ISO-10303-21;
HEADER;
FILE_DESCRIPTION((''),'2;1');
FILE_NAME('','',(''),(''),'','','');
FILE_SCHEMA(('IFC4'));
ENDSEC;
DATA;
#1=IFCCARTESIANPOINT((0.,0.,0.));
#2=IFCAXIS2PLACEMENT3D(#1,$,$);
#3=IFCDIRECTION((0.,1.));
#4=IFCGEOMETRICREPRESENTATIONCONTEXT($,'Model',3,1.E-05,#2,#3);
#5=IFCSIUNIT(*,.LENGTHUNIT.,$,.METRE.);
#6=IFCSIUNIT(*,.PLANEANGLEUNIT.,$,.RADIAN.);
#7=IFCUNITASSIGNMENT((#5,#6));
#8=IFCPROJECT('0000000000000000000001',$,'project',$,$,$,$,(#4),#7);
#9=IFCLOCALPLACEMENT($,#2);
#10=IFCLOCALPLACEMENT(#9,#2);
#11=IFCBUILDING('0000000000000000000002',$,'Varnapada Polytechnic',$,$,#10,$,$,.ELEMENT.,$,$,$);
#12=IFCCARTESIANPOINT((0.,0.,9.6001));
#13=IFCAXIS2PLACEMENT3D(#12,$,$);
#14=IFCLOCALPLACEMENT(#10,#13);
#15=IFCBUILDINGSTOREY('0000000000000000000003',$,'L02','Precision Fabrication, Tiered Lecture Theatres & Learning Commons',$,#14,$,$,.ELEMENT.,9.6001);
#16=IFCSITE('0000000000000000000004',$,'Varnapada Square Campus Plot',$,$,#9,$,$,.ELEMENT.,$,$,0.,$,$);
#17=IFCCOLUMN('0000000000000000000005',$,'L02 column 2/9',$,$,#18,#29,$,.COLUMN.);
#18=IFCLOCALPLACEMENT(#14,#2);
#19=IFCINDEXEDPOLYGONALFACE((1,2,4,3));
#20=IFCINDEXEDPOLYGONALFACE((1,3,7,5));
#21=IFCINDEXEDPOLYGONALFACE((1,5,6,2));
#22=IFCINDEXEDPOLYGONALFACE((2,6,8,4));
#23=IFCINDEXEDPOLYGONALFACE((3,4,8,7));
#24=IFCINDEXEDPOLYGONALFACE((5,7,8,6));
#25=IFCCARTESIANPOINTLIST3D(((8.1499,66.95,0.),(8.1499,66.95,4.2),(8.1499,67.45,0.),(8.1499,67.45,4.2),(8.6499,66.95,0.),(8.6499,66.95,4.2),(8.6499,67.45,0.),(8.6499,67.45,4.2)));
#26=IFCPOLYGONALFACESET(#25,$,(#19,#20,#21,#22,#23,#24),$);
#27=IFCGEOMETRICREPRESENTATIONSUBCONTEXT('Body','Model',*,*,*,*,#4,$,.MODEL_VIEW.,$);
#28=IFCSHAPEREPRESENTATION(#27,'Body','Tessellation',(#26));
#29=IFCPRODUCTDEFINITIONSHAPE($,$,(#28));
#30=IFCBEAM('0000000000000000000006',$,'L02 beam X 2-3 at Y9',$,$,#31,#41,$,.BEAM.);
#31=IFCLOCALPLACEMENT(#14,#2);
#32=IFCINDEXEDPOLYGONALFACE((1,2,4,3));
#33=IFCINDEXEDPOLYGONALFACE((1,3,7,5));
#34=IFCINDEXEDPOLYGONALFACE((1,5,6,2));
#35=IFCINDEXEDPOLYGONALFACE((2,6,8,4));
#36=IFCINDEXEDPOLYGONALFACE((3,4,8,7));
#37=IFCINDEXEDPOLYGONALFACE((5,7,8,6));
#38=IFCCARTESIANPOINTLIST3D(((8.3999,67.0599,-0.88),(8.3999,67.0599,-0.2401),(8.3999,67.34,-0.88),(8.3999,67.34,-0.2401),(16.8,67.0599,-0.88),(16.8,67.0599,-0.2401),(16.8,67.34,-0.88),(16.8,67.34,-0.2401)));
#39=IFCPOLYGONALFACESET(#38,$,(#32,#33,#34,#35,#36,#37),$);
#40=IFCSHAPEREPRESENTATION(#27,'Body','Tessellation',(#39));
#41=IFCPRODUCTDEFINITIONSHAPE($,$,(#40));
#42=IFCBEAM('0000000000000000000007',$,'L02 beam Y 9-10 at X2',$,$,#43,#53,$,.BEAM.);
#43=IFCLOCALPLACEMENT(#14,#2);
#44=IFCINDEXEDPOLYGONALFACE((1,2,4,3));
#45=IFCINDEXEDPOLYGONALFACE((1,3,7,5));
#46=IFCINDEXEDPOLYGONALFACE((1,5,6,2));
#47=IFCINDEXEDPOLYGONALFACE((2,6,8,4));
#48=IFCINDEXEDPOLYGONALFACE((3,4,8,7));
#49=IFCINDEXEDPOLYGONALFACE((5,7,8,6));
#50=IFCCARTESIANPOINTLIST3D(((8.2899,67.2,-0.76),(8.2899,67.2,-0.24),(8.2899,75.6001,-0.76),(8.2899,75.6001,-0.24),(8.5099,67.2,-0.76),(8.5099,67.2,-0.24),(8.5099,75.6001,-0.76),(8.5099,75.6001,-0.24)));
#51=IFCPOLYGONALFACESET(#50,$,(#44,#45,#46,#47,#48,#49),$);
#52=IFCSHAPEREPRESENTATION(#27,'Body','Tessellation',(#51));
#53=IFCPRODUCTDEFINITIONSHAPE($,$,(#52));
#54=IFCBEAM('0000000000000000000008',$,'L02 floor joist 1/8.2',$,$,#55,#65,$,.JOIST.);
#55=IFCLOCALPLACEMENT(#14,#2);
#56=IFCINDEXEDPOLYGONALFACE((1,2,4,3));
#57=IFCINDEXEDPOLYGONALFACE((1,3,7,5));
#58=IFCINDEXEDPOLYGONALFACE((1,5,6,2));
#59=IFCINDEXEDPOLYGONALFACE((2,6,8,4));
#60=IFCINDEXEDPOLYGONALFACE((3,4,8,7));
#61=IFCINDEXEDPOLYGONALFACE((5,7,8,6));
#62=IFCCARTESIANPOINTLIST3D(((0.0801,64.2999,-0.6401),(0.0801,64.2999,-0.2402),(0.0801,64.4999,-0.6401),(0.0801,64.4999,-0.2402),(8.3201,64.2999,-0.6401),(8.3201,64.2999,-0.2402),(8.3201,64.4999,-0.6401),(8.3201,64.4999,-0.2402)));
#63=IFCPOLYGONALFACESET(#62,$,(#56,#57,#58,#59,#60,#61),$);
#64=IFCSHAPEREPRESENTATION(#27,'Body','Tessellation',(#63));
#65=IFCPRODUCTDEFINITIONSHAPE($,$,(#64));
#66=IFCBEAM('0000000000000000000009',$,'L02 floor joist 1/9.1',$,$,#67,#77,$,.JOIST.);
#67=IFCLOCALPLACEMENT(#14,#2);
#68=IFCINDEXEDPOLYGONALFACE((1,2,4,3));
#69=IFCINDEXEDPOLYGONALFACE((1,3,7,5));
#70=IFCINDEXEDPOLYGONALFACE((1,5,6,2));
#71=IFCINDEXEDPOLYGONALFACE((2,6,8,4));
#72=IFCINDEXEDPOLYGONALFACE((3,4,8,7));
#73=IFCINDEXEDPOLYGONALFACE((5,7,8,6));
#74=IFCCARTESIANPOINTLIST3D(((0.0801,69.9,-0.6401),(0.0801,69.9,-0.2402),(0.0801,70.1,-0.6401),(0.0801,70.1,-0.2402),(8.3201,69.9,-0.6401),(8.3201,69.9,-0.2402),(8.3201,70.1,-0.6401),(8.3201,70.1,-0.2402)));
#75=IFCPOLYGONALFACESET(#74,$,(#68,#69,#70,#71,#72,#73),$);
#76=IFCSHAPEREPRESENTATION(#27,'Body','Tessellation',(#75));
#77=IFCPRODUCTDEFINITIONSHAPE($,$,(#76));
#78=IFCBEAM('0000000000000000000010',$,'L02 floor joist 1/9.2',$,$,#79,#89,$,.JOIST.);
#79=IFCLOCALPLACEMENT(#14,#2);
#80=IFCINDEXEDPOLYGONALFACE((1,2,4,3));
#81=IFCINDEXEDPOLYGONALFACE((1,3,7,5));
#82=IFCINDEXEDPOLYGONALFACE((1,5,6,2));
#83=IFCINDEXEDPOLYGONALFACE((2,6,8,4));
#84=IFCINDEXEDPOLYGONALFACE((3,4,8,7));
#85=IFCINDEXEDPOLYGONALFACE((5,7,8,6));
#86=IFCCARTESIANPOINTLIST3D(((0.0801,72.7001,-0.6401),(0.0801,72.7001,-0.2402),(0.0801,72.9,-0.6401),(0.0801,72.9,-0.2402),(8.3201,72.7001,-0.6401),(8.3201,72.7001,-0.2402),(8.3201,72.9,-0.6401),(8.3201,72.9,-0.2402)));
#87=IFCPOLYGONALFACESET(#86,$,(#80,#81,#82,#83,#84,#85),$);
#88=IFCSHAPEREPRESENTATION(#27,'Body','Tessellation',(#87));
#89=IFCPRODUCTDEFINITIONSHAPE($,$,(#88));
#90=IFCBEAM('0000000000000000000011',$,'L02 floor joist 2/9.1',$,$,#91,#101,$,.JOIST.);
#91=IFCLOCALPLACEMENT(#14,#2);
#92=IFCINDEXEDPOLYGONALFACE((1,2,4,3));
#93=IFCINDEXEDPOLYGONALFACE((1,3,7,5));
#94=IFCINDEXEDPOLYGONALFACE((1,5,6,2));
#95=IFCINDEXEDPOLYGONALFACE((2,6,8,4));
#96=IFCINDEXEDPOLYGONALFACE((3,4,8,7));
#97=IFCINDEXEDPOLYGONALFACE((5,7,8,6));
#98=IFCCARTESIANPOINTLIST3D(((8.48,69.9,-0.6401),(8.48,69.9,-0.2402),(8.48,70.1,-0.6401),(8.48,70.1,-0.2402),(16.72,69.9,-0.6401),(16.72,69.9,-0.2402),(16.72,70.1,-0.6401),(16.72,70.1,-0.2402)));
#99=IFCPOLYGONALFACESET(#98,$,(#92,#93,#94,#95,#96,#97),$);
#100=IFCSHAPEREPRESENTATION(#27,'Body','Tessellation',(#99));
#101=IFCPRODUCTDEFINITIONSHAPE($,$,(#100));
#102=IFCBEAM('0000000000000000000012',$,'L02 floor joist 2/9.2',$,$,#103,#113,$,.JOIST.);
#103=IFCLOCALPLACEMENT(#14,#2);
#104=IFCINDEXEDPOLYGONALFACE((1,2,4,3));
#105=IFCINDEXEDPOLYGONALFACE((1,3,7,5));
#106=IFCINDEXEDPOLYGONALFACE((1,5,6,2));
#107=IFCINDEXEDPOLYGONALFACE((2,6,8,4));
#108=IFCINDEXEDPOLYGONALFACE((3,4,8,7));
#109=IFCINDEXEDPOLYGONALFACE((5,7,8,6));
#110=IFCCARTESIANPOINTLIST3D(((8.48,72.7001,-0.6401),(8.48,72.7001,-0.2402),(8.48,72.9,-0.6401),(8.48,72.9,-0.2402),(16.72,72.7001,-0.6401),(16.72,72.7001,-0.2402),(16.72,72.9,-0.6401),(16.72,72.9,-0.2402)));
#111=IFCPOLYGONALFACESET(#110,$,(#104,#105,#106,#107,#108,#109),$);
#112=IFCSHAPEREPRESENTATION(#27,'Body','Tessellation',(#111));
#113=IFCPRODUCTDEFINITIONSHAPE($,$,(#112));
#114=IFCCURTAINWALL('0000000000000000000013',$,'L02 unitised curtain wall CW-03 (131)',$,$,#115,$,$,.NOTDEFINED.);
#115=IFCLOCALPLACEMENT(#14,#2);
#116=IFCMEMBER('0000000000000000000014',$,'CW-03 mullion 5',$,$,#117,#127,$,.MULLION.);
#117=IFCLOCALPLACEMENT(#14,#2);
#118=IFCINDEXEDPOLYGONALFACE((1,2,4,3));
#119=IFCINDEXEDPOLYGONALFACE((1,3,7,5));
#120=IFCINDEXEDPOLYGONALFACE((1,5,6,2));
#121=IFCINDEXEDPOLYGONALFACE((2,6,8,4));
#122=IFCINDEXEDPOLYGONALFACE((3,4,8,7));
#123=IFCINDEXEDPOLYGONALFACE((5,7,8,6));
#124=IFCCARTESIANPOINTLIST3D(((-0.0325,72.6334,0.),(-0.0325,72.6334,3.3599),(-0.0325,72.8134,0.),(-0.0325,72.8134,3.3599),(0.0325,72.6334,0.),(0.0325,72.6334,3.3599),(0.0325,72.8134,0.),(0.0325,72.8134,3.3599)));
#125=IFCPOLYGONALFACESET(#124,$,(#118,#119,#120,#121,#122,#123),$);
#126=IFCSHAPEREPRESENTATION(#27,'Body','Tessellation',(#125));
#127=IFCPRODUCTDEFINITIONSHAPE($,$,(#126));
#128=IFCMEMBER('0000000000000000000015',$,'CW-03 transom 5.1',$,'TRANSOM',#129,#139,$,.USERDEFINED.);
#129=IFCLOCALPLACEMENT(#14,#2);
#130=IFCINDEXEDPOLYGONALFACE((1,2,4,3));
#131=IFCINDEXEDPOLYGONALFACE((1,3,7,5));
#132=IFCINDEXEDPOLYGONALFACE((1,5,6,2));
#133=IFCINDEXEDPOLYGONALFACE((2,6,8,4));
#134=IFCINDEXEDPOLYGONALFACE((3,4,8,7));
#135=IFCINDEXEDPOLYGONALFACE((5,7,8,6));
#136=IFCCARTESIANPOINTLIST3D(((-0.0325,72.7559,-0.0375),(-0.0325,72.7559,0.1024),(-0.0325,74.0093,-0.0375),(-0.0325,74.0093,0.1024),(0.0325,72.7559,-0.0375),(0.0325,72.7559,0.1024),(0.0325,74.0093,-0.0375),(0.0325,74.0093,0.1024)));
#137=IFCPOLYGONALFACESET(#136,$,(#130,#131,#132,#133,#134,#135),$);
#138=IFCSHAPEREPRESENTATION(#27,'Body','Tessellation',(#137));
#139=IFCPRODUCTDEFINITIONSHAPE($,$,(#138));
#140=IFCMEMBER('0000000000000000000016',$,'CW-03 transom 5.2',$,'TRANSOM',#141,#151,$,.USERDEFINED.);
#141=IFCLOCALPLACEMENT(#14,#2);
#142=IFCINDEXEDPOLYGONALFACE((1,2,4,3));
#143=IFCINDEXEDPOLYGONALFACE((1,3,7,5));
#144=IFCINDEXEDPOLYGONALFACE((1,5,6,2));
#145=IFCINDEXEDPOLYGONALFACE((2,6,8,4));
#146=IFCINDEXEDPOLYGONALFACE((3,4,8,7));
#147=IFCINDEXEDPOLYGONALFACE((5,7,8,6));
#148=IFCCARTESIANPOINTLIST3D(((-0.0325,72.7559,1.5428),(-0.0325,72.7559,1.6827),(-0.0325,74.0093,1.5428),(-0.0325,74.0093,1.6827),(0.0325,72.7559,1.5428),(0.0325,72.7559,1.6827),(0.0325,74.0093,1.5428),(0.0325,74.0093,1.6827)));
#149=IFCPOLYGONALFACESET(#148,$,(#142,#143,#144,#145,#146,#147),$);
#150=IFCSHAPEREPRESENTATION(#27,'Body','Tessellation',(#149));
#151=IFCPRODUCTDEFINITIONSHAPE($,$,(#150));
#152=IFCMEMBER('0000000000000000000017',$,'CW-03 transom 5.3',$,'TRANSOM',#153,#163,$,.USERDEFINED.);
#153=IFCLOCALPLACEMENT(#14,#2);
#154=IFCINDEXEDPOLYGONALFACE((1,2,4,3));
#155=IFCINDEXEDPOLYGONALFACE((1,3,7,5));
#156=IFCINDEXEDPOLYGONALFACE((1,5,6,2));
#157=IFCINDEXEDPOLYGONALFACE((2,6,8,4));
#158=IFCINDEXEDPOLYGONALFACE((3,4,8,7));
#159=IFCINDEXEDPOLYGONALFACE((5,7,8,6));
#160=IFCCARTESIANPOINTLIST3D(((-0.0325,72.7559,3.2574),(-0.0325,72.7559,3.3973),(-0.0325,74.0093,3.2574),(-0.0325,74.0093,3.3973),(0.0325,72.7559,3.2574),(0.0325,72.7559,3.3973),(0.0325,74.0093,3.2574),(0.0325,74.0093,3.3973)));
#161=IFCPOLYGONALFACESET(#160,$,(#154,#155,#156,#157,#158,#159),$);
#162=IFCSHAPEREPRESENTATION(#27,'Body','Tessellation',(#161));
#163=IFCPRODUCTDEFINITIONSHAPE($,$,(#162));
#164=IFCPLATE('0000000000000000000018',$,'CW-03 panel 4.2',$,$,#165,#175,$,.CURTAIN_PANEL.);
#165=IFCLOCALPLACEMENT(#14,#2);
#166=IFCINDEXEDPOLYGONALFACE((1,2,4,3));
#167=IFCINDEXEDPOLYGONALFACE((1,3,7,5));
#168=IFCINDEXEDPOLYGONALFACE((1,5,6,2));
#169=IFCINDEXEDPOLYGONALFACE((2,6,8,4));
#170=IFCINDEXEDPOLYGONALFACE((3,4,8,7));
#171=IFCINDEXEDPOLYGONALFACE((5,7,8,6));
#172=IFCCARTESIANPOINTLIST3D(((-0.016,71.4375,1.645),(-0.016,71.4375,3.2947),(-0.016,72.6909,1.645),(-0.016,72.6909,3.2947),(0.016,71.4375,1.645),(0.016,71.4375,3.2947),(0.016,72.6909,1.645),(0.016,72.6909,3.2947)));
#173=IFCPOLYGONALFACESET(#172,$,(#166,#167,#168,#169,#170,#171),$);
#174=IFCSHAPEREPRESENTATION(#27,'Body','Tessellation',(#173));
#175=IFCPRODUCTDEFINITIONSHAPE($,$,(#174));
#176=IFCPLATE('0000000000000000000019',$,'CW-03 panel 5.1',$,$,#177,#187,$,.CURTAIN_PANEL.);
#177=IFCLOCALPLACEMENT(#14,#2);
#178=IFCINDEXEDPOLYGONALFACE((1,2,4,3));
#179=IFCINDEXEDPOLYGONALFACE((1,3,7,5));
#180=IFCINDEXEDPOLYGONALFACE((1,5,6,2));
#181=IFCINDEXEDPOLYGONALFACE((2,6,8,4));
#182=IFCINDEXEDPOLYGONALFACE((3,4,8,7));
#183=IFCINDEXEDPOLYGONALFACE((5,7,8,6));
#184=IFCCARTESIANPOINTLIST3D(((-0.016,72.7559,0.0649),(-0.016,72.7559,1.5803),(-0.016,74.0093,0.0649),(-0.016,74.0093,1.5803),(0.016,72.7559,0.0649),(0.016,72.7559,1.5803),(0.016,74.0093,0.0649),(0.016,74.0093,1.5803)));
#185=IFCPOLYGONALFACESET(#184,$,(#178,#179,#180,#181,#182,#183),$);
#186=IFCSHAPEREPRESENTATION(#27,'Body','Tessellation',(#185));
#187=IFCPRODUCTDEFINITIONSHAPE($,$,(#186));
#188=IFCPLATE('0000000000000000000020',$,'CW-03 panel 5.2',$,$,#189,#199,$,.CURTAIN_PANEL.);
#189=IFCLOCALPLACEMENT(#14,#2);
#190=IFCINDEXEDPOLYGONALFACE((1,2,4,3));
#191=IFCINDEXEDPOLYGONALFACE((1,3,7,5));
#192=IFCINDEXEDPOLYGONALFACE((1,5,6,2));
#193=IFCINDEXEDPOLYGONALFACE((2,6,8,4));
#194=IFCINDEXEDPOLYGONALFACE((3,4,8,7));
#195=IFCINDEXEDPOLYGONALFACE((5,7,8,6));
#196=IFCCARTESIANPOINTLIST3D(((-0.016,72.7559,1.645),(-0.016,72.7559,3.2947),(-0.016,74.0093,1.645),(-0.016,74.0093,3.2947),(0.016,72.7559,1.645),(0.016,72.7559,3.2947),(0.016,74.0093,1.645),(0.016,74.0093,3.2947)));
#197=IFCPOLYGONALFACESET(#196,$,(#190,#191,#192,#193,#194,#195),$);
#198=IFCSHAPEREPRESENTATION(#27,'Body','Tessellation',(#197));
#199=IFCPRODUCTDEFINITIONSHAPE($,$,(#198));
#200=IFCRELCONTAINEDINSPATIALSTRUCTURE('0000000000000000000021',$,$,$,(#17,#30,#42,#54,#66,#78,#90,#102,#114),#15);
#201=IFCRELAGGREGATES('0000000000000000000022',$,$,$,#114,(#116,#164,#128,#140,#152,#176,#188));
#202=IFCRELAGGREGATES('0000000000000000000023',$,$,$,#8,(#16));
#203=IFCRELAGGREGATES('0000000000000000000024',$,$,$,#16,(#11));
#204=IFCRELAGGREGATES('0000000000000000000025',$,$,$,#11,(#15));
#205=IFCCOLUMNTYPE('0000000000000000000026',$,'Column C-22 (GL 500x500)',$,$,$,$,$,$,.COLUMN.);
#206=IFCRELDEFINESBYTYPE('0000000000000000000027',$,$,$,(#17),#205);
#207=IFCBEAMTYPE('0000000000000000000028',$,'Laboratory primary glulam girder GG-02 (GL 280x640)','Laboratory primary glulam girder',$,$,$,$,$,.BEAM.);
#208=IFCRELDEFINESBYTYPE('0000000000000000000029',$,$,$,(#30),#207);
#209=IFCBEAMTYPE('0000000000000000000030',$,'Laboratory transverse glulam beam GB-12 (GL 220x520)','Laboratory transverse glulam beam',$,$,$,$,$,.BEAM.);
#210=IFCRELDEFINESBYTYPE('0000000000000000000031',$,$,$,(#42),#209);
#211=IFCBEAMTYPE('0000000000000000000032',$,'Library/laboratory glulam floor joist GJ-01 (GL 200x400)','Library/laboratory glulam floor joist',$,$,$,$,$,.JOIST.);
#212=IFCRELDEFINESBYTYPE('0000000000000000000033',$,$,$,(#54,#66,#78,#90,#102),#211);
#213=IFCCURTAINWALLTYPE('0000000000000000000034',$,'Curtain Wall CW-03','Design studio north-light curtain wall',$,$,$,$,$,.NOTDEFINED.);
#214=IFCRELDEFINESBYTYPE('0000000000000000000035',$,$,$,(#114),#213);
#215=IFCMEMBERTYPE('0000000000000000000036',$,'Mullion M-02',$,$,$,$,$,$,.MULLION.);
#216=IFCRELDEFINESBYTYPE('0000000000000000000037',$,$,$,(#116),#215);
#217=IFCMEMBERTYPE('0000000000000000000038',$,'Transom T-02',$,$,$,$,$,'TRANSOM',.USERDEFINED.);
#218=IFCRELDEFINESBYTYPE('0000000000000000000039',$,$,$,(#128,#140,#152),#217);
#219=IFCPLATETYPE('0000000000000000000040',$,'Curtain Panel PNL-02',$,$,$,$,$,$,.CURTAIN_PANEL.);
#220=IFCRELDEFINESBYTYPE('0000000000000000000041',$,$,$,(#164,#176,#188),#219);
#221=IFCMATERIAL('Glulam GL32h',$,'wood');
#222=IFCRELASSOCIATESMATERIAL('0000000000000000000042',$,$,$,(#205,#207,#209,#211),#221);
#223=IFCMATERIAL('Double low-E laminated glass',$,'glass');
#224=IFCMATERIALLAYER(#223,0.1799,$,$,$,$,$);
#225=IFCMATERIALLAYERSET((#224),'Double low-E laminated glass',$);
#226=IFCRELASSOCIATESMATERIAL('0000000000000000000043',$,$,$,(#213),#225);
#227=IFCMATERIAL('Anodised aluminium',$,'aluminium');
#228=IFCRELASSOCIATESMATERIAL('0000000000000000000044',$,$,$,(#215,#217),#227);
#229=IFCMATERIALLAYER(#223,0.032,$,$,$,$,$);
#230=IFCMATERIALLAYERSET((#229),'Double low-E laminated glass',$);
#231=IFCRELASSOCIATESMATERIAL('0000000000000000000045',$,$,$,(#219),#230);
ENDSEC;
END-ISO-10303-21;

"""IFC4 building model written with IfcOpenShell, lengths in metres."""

from ifc_helpers import new_model, si_unit, direction, frame, origin, origin_2d, place, context, subcontext, project, spatial, rectangle, extrude, material, layer, layer_set, material_profile, profile_set, type_object, element, aggregate, save


model = new_model("IFC4")

# Units and contexts
model_context = context("Model", 3, precision=1e-05, world=origin(), true_north=direction((0.0, 1.0)))
body_context = subcontext(model_context, "Body", "Model", "MODEL_VIEW")
ifc_project = project(units=[si_unit("LENGTHUNIT", "METRE"), si_unit("PLANEANGLEUNIT", "RADIAN")], contexts=[model_context])

# Site, building, storey
site_placement = place(None, origin())
site = spatial("IfcSite", under=ifc_project, at=site_placement, Name="Varnapada Square Campus Plot", CompositionType="ELEMENT", RefElevation=0.0)
building_placement = place(site_placement, origin())
building = spatial("IfcBuilding", under=site, at=building_placement, Name="Varnapada Polytechnic", CompositionType="ELEMENT")
storey_placement = place(building_placement, frame((0.0, 0.0, 9.6001)))
storey = spatial("IfcBuildingStorey", under=building, at=storey_placement, Name="L02", Description="Precision Fabrication, Tiered Lecture Theatres & Learning Commons", CompositionType="ELEMENT", Elevation=9.6001)

# Column
ifc_material_1 = material(Name="Glulam GL32h", Category="wood")
ifc_material_profile_1 = material_profile(ifc_material_1, rectangle(XDim=0.5, YDim=0.5, at=origin_2d()), Name="GL 500x500")
ifc_profile_set_1 = profile_set([ifc_material_profile_1], Name="Glulam GL32h")
column_type = type_object("IfcColumnType", Name="Column C-22 (GL 500x500)", PredefinedType="COLUMN", material=ifc_profile_set_1)
column_placement = place(storey_placement, frame((8.3999, 67.2, 0.0), z_axis=(0.0, 0.0, 1.0), x_axis=(1.0, 0.0, 0.0)))
element("IfcColumn", 1, at=column_placement, inside=storey, type_object=column_type, Name="L02 column 2/9", PredefinedType="COLUMN", context=body_context, shape_type="SweptSolid", body=[
    extrude(rectangle(XDim=0.5, YDim=0.5, at=origin_2d()), origin(), (0.0, 0.0, 1.0), 4.2),
])

# Beams
ifc_material_profile_2 = material_profile(ifc_material_1, rectangle(XDim=0.28, YDim=0.6399, at=origin_2d()), Name="GL 280x640")
ifc_profile_set_2 = profile_set([ifc_material_profile_2], Name="Glulam GL32h")
beam_type_1 = type_object("IfcBeamType", Name="Laboratory primary glulam girder GG-02 (GL 280x640)", Description="Laboratory primary glulam girder", PredefinedType="BEAM", material=ifc_profile_set_2)
beam_1_placement = place(storey_placement, frame((8.3999, 67.2, -0.5601), z_axis=(1.0, 0.0, 0.0), x_axis=(0.0, 1.0, 0.0)))
element("IfcBeam", 2, at=beam_1_placement, inside=storey, type_object=beam_type_1, Name="L02 beam X 2-3 at Y9", PredefinedType="BEAM", context=body_context, shape_type="SweptSolid", body=[
    extrude(rectangle(XDim=0.28, YDim=0.6399, at=origin_2d()), origin(), (0.0, 0.0, 1.0), 8.4001),
])
ifc_material_profile_3 = material_profile(ifc_material_1, rectangle(XDim=0.22, YDim=0.52, at=origin_2d()), Name="GL 220x520")
ifc_profile_set_3 = profile_set([ifc_material_profile_3], Name="Glulam GL32h")
beam_type_2 = type_object("IfcBeamType", Name="Laboratory transverse glulam beam GB-12 (GL 220x520)", Description="Laboratory transverse glulam beam", PredefinedType="BEAM", material=ifc_profile_set_3)
beam_2_placement = place(storey_placement, frame((8.3999, 67.2, -0.5), z_axis=(0.0, 1.0, 0.0), x_axis=(-1.0, 0.0, 0.0)))
element("IfcBeam", 3, at=beam_2_placement, inside=storey, type_object=beam_type_2, Name="L02 beam Y 9-10 at X2", PredefinedType="BEAM", context=body_context, shape_type="SweptSolid", body=[
    extrude(rectangle(XDim=0.22, YDim=0.52, at=origin_2d()), origin(), (0.0, 0.0, 1.0), 8.4001),
])
ifc_material_profile_4 = material_profile(ifc_material_1, rectangle(XDim=0.2, YDim=0.3999, at=origin_2d()), Name="GL 200x400")
ifc_profile_set_4 = profile_set([ifc_material_profile_4], Name="Glulam GL32h")
beam_type_3 = type_object("IfcBeamType", Name="Library/laboratory glulam floor joist GJ-01 (GL 200x400)", Description="Library/laboratory glulam floor joist", PredefinedType="JOIST", material=ifc_profile_set_4)
for number, where, z_axis, x_axis, name in (
    (4, (0.0801, 64.3999, -0.4402), (1.0, 0.0, 0.0), (0.0, 1.0, 0.0), "L02 floor joist 1/8.2"),
    (5, (0.0801, 70.0, -0.4402), (1.0, 0.0, 0.0), (0.0, 1.0, 0.0), "L02 floor joist 1/9.1"),
    (6, (0.0801, 72.8, -0.4402), (1.0, 0.0, 0.0), (0.0, 1.0, 0.0), "L02 floor joist 1/9.2"),
    (7, (8.48, 70.0, -0.4402), (1.0, 0.0, 0.0), (0.0, 1.0, 0.0), "L02 floor joist 2/9.1"),
    (8, (8.48, 72.8, -0.4402), (1.0, 0.0, 0.0), (0.0, 1.0, 0.0), "L02 floor joist 2/9.2"),
):
    element("IfcBeam", number, at=place(storey_placement, frame(where, z_axis=z_axis, x_axis=x_axis)), inside=storey, type_object=beam_type_3, Name=name, PredefinedType="JOIST", context=body_context, shape_type="SweptSolid", body=[
        extrude(rectangle(XDim=0.2, YDim=0.3999, at=origin_2d()), origin(), (0.0, 0.0, 1.0), 8.24),
    ])

# Curtain wall, members, plates
ifc_material_2 = material(Name="Double low-E laminated glass", Category="glass")
ifc_layer_1 = layer(ifc_material_2, 0.1799)
ifc_layer_set_1 = layer_set([ifc_layer_1], Name="Double low-E laminated glass")
curtain_wall_type = type_object("IfcCurtainWallType", Name="Curtain Wall CW-03", Description="Design studio north-light curtain wall", PredefinedType="NOTDEFINED", material=ifc_layer_set_1)
curtain_wall_placement = place(storey_placement, origin())
curtain_wall = element("IfcCurtainWall", 9, at=curtain_wall_placement, inside=storey, type_object=curtain_wall_type, Name="L02 unitised curtain wall CW-03 (131)", PredefinedType="NOTDEFINED")
ifc_material_3 = material(Name="Anodised aluminium", Category="aluminium")
ifc_material_profile_5 = material_profile(ifc_material_3, rectangle(XDim=0.0649, YDim=0.1799, at=origin_2d()), Name="ALU M65x180")
ifc_profile_set_5 = profile_set([ifc_material_profile_5], Name="Anodised aluminium")
member_type_1 = type_object("IfcMemberType", Name="Mullion M-02", PredefinedType="MULLION", material=ifc_profile_set_5)
member_1_placement = place(storey_placement, frame((0.0, 72.7234, 0.0), z_axis=(0.0, 0.0, 1.0), x_axis=(-1.0, 0.0, 0.0)))
member_1 = element("IfcMember", 10, at=member_1_placement, type_object=member_type_1, Name="CW-03 mullion 5", PredefinedType="MULLION", context=body_context, shape_type="SweptSolid", body=[
    extrude(rectangle(XDim=0.0649, YDim=0.1799, at=origin_2d()), origin(), (0.0, 0.0, 1.0), 3.3599),
])
ifc_material_profile_6 = material_profile(ifc_material_3, rectangle(XDim=0.0649, YDim=0.1399, at=origin_2d()), Name="ALU T65x140")
ifc_profile_set_6 = profile_set([ifc_material_profile_6], Name="Anodised aluminium")
member_type_2 = type_object("IfcMemberType", Name="Transom T-02", ElementType="TRANSOM", PredefinedType="USERDEFINED", material=ifc_profile_set_6)
member_2_placement = place(storey_placement, frame((0.0, 72.7559, 0.0325), z_axis=(0.0, 1.0, 0.0), x_axis=(-1.0, 0.0, 0.0)))
member_2 = element("IfcMember", 11, at=member_2_placement, type_object=member_type_2, Name="CW-03 transom 5.1", ObjectType="TRANSOM", PredefinedType="USERDEFINED", context=body_context, shape_type="SweptSolid", body=[
    extrude(rectangle(XDim=0.0649, YDim=0.1399, at=origin_2d()), origin(), (0.0, 0.0, 1.0), 1.2534),
])
member_3_placement = place(storey_placement, frame((0.0, 72.7559, 1.6128), z_axis=(0.0, 1.0, 0.0), x_axis=(-1.0, 0.0, 0.0)))
member_3 = element("IfcMember", 12, at=member_3_placement, type_object=member_type_2, Name="CW-03 transom 5.2", ObjectType="TRANSOM", PredefinedType="USERDEFINED", context=body_context, shape_type="SweptSolid", body=[
    extrude(rectangle(XDim=0.0649, YDim=0.1399, at=origin_2d()), origin(), (0.0, 0.0, 1.0), 1.2534),
])
member_4_placement = place(storey_placement, frame((0.0, 72.7559, 3.3274), z_axis=(0.0, 1.0, 0.0), x_axis=(-1.0, 0.0, 0.0)))
member_4 = element("IfcMember", 13, at=member_4_placement, type_object=member_type_2, Name="CW-03 transom 5.3", ObjectType="TRANSOM", PredefinedType="USERDEFINED", context=body_context, shape_type="SweptSolid", body=[
    extrude(rectangle(XDim=0.0649, YDim=0.1399, at=origin_2d()), origin(), (0.0, 0.0, 1.0), 1.2534),
])
ifc_layer_2 = layer(ifc_material_2, 0.032)
ifc_layer_set_2 = layer_set([ifc_layer_2], Name="Double low-E laminated glass")
plate_type = type_object("IfcPlateType", Name="Curtain Panel PNL-02", PredefinedType="CURTAIN_PANEL", material=ifc_layer_set_2)
plate_1_placement = place(storey_placement, frame((0.0, 72.0642, 1.645), z_axis=(0.0, 0.0, 1.0), x_axis=(0.0, 1.0, 0.0)))
plate_1 = element("IfcPlate", 14, at=plate_1_placement, type_object=plate_type, Name="CW-03 panel 4.2", PredefinedType="CURTAIN_PANEL", context=body_context, shape_type="SweptSolid", body=[
    extrude(rectangle(XDim=1.2534, YDim=0.032, at=origin_2d()), origin(), (0.0, 0.0, 1.0), 1.6497),
])
plate_2_placement = place(storey_placement, frame((0.0, 73.3826, 0.0649), z_axis=(0.0, 0.0, 1.0), x_axis=(0.0, 1.0, 0.0)))
plate_2 = element("IfcPlate", 15, at=plate_2_placement, type_object=plate_type, Name="CW-03 panel 5.1", PredefinedType="CURTAIN_PANEL", context=body_context, shape_type="SweptSolid", body=[
    extrude(rectangle(XDim=1.2534, YDim=0.032, at=origin_2d()), origin(), (0.0, 0.0, 1.0), 1.5154),
])
plate_3_placement = place(storey_placement, frame((0.0, 73.3826, 1.645), z_axis=(0.0, 0.0, 1.0), x_axis=(0.0, 1.0, 0.0)))
plate_3 = element("IfcPlate", 16, at=plate_3_placement, type_object=plate_type, Name="CW-03 panel 5.2", PredefinedType="CURTAIN_PANEL", context=body_context, shape_type="SweptSolid", body=[
    extrude(rectangle(XDim=1.2534, YDim=0.032, at=origin_2d()), origin(), (0.0, 0.0, 1.0), 1.6497),
])
aggregate(curtain_wall, [member_1, plate_1, member_2, member_3, member_4, plate_2, plate_3])

save(model, "model.ifc")
